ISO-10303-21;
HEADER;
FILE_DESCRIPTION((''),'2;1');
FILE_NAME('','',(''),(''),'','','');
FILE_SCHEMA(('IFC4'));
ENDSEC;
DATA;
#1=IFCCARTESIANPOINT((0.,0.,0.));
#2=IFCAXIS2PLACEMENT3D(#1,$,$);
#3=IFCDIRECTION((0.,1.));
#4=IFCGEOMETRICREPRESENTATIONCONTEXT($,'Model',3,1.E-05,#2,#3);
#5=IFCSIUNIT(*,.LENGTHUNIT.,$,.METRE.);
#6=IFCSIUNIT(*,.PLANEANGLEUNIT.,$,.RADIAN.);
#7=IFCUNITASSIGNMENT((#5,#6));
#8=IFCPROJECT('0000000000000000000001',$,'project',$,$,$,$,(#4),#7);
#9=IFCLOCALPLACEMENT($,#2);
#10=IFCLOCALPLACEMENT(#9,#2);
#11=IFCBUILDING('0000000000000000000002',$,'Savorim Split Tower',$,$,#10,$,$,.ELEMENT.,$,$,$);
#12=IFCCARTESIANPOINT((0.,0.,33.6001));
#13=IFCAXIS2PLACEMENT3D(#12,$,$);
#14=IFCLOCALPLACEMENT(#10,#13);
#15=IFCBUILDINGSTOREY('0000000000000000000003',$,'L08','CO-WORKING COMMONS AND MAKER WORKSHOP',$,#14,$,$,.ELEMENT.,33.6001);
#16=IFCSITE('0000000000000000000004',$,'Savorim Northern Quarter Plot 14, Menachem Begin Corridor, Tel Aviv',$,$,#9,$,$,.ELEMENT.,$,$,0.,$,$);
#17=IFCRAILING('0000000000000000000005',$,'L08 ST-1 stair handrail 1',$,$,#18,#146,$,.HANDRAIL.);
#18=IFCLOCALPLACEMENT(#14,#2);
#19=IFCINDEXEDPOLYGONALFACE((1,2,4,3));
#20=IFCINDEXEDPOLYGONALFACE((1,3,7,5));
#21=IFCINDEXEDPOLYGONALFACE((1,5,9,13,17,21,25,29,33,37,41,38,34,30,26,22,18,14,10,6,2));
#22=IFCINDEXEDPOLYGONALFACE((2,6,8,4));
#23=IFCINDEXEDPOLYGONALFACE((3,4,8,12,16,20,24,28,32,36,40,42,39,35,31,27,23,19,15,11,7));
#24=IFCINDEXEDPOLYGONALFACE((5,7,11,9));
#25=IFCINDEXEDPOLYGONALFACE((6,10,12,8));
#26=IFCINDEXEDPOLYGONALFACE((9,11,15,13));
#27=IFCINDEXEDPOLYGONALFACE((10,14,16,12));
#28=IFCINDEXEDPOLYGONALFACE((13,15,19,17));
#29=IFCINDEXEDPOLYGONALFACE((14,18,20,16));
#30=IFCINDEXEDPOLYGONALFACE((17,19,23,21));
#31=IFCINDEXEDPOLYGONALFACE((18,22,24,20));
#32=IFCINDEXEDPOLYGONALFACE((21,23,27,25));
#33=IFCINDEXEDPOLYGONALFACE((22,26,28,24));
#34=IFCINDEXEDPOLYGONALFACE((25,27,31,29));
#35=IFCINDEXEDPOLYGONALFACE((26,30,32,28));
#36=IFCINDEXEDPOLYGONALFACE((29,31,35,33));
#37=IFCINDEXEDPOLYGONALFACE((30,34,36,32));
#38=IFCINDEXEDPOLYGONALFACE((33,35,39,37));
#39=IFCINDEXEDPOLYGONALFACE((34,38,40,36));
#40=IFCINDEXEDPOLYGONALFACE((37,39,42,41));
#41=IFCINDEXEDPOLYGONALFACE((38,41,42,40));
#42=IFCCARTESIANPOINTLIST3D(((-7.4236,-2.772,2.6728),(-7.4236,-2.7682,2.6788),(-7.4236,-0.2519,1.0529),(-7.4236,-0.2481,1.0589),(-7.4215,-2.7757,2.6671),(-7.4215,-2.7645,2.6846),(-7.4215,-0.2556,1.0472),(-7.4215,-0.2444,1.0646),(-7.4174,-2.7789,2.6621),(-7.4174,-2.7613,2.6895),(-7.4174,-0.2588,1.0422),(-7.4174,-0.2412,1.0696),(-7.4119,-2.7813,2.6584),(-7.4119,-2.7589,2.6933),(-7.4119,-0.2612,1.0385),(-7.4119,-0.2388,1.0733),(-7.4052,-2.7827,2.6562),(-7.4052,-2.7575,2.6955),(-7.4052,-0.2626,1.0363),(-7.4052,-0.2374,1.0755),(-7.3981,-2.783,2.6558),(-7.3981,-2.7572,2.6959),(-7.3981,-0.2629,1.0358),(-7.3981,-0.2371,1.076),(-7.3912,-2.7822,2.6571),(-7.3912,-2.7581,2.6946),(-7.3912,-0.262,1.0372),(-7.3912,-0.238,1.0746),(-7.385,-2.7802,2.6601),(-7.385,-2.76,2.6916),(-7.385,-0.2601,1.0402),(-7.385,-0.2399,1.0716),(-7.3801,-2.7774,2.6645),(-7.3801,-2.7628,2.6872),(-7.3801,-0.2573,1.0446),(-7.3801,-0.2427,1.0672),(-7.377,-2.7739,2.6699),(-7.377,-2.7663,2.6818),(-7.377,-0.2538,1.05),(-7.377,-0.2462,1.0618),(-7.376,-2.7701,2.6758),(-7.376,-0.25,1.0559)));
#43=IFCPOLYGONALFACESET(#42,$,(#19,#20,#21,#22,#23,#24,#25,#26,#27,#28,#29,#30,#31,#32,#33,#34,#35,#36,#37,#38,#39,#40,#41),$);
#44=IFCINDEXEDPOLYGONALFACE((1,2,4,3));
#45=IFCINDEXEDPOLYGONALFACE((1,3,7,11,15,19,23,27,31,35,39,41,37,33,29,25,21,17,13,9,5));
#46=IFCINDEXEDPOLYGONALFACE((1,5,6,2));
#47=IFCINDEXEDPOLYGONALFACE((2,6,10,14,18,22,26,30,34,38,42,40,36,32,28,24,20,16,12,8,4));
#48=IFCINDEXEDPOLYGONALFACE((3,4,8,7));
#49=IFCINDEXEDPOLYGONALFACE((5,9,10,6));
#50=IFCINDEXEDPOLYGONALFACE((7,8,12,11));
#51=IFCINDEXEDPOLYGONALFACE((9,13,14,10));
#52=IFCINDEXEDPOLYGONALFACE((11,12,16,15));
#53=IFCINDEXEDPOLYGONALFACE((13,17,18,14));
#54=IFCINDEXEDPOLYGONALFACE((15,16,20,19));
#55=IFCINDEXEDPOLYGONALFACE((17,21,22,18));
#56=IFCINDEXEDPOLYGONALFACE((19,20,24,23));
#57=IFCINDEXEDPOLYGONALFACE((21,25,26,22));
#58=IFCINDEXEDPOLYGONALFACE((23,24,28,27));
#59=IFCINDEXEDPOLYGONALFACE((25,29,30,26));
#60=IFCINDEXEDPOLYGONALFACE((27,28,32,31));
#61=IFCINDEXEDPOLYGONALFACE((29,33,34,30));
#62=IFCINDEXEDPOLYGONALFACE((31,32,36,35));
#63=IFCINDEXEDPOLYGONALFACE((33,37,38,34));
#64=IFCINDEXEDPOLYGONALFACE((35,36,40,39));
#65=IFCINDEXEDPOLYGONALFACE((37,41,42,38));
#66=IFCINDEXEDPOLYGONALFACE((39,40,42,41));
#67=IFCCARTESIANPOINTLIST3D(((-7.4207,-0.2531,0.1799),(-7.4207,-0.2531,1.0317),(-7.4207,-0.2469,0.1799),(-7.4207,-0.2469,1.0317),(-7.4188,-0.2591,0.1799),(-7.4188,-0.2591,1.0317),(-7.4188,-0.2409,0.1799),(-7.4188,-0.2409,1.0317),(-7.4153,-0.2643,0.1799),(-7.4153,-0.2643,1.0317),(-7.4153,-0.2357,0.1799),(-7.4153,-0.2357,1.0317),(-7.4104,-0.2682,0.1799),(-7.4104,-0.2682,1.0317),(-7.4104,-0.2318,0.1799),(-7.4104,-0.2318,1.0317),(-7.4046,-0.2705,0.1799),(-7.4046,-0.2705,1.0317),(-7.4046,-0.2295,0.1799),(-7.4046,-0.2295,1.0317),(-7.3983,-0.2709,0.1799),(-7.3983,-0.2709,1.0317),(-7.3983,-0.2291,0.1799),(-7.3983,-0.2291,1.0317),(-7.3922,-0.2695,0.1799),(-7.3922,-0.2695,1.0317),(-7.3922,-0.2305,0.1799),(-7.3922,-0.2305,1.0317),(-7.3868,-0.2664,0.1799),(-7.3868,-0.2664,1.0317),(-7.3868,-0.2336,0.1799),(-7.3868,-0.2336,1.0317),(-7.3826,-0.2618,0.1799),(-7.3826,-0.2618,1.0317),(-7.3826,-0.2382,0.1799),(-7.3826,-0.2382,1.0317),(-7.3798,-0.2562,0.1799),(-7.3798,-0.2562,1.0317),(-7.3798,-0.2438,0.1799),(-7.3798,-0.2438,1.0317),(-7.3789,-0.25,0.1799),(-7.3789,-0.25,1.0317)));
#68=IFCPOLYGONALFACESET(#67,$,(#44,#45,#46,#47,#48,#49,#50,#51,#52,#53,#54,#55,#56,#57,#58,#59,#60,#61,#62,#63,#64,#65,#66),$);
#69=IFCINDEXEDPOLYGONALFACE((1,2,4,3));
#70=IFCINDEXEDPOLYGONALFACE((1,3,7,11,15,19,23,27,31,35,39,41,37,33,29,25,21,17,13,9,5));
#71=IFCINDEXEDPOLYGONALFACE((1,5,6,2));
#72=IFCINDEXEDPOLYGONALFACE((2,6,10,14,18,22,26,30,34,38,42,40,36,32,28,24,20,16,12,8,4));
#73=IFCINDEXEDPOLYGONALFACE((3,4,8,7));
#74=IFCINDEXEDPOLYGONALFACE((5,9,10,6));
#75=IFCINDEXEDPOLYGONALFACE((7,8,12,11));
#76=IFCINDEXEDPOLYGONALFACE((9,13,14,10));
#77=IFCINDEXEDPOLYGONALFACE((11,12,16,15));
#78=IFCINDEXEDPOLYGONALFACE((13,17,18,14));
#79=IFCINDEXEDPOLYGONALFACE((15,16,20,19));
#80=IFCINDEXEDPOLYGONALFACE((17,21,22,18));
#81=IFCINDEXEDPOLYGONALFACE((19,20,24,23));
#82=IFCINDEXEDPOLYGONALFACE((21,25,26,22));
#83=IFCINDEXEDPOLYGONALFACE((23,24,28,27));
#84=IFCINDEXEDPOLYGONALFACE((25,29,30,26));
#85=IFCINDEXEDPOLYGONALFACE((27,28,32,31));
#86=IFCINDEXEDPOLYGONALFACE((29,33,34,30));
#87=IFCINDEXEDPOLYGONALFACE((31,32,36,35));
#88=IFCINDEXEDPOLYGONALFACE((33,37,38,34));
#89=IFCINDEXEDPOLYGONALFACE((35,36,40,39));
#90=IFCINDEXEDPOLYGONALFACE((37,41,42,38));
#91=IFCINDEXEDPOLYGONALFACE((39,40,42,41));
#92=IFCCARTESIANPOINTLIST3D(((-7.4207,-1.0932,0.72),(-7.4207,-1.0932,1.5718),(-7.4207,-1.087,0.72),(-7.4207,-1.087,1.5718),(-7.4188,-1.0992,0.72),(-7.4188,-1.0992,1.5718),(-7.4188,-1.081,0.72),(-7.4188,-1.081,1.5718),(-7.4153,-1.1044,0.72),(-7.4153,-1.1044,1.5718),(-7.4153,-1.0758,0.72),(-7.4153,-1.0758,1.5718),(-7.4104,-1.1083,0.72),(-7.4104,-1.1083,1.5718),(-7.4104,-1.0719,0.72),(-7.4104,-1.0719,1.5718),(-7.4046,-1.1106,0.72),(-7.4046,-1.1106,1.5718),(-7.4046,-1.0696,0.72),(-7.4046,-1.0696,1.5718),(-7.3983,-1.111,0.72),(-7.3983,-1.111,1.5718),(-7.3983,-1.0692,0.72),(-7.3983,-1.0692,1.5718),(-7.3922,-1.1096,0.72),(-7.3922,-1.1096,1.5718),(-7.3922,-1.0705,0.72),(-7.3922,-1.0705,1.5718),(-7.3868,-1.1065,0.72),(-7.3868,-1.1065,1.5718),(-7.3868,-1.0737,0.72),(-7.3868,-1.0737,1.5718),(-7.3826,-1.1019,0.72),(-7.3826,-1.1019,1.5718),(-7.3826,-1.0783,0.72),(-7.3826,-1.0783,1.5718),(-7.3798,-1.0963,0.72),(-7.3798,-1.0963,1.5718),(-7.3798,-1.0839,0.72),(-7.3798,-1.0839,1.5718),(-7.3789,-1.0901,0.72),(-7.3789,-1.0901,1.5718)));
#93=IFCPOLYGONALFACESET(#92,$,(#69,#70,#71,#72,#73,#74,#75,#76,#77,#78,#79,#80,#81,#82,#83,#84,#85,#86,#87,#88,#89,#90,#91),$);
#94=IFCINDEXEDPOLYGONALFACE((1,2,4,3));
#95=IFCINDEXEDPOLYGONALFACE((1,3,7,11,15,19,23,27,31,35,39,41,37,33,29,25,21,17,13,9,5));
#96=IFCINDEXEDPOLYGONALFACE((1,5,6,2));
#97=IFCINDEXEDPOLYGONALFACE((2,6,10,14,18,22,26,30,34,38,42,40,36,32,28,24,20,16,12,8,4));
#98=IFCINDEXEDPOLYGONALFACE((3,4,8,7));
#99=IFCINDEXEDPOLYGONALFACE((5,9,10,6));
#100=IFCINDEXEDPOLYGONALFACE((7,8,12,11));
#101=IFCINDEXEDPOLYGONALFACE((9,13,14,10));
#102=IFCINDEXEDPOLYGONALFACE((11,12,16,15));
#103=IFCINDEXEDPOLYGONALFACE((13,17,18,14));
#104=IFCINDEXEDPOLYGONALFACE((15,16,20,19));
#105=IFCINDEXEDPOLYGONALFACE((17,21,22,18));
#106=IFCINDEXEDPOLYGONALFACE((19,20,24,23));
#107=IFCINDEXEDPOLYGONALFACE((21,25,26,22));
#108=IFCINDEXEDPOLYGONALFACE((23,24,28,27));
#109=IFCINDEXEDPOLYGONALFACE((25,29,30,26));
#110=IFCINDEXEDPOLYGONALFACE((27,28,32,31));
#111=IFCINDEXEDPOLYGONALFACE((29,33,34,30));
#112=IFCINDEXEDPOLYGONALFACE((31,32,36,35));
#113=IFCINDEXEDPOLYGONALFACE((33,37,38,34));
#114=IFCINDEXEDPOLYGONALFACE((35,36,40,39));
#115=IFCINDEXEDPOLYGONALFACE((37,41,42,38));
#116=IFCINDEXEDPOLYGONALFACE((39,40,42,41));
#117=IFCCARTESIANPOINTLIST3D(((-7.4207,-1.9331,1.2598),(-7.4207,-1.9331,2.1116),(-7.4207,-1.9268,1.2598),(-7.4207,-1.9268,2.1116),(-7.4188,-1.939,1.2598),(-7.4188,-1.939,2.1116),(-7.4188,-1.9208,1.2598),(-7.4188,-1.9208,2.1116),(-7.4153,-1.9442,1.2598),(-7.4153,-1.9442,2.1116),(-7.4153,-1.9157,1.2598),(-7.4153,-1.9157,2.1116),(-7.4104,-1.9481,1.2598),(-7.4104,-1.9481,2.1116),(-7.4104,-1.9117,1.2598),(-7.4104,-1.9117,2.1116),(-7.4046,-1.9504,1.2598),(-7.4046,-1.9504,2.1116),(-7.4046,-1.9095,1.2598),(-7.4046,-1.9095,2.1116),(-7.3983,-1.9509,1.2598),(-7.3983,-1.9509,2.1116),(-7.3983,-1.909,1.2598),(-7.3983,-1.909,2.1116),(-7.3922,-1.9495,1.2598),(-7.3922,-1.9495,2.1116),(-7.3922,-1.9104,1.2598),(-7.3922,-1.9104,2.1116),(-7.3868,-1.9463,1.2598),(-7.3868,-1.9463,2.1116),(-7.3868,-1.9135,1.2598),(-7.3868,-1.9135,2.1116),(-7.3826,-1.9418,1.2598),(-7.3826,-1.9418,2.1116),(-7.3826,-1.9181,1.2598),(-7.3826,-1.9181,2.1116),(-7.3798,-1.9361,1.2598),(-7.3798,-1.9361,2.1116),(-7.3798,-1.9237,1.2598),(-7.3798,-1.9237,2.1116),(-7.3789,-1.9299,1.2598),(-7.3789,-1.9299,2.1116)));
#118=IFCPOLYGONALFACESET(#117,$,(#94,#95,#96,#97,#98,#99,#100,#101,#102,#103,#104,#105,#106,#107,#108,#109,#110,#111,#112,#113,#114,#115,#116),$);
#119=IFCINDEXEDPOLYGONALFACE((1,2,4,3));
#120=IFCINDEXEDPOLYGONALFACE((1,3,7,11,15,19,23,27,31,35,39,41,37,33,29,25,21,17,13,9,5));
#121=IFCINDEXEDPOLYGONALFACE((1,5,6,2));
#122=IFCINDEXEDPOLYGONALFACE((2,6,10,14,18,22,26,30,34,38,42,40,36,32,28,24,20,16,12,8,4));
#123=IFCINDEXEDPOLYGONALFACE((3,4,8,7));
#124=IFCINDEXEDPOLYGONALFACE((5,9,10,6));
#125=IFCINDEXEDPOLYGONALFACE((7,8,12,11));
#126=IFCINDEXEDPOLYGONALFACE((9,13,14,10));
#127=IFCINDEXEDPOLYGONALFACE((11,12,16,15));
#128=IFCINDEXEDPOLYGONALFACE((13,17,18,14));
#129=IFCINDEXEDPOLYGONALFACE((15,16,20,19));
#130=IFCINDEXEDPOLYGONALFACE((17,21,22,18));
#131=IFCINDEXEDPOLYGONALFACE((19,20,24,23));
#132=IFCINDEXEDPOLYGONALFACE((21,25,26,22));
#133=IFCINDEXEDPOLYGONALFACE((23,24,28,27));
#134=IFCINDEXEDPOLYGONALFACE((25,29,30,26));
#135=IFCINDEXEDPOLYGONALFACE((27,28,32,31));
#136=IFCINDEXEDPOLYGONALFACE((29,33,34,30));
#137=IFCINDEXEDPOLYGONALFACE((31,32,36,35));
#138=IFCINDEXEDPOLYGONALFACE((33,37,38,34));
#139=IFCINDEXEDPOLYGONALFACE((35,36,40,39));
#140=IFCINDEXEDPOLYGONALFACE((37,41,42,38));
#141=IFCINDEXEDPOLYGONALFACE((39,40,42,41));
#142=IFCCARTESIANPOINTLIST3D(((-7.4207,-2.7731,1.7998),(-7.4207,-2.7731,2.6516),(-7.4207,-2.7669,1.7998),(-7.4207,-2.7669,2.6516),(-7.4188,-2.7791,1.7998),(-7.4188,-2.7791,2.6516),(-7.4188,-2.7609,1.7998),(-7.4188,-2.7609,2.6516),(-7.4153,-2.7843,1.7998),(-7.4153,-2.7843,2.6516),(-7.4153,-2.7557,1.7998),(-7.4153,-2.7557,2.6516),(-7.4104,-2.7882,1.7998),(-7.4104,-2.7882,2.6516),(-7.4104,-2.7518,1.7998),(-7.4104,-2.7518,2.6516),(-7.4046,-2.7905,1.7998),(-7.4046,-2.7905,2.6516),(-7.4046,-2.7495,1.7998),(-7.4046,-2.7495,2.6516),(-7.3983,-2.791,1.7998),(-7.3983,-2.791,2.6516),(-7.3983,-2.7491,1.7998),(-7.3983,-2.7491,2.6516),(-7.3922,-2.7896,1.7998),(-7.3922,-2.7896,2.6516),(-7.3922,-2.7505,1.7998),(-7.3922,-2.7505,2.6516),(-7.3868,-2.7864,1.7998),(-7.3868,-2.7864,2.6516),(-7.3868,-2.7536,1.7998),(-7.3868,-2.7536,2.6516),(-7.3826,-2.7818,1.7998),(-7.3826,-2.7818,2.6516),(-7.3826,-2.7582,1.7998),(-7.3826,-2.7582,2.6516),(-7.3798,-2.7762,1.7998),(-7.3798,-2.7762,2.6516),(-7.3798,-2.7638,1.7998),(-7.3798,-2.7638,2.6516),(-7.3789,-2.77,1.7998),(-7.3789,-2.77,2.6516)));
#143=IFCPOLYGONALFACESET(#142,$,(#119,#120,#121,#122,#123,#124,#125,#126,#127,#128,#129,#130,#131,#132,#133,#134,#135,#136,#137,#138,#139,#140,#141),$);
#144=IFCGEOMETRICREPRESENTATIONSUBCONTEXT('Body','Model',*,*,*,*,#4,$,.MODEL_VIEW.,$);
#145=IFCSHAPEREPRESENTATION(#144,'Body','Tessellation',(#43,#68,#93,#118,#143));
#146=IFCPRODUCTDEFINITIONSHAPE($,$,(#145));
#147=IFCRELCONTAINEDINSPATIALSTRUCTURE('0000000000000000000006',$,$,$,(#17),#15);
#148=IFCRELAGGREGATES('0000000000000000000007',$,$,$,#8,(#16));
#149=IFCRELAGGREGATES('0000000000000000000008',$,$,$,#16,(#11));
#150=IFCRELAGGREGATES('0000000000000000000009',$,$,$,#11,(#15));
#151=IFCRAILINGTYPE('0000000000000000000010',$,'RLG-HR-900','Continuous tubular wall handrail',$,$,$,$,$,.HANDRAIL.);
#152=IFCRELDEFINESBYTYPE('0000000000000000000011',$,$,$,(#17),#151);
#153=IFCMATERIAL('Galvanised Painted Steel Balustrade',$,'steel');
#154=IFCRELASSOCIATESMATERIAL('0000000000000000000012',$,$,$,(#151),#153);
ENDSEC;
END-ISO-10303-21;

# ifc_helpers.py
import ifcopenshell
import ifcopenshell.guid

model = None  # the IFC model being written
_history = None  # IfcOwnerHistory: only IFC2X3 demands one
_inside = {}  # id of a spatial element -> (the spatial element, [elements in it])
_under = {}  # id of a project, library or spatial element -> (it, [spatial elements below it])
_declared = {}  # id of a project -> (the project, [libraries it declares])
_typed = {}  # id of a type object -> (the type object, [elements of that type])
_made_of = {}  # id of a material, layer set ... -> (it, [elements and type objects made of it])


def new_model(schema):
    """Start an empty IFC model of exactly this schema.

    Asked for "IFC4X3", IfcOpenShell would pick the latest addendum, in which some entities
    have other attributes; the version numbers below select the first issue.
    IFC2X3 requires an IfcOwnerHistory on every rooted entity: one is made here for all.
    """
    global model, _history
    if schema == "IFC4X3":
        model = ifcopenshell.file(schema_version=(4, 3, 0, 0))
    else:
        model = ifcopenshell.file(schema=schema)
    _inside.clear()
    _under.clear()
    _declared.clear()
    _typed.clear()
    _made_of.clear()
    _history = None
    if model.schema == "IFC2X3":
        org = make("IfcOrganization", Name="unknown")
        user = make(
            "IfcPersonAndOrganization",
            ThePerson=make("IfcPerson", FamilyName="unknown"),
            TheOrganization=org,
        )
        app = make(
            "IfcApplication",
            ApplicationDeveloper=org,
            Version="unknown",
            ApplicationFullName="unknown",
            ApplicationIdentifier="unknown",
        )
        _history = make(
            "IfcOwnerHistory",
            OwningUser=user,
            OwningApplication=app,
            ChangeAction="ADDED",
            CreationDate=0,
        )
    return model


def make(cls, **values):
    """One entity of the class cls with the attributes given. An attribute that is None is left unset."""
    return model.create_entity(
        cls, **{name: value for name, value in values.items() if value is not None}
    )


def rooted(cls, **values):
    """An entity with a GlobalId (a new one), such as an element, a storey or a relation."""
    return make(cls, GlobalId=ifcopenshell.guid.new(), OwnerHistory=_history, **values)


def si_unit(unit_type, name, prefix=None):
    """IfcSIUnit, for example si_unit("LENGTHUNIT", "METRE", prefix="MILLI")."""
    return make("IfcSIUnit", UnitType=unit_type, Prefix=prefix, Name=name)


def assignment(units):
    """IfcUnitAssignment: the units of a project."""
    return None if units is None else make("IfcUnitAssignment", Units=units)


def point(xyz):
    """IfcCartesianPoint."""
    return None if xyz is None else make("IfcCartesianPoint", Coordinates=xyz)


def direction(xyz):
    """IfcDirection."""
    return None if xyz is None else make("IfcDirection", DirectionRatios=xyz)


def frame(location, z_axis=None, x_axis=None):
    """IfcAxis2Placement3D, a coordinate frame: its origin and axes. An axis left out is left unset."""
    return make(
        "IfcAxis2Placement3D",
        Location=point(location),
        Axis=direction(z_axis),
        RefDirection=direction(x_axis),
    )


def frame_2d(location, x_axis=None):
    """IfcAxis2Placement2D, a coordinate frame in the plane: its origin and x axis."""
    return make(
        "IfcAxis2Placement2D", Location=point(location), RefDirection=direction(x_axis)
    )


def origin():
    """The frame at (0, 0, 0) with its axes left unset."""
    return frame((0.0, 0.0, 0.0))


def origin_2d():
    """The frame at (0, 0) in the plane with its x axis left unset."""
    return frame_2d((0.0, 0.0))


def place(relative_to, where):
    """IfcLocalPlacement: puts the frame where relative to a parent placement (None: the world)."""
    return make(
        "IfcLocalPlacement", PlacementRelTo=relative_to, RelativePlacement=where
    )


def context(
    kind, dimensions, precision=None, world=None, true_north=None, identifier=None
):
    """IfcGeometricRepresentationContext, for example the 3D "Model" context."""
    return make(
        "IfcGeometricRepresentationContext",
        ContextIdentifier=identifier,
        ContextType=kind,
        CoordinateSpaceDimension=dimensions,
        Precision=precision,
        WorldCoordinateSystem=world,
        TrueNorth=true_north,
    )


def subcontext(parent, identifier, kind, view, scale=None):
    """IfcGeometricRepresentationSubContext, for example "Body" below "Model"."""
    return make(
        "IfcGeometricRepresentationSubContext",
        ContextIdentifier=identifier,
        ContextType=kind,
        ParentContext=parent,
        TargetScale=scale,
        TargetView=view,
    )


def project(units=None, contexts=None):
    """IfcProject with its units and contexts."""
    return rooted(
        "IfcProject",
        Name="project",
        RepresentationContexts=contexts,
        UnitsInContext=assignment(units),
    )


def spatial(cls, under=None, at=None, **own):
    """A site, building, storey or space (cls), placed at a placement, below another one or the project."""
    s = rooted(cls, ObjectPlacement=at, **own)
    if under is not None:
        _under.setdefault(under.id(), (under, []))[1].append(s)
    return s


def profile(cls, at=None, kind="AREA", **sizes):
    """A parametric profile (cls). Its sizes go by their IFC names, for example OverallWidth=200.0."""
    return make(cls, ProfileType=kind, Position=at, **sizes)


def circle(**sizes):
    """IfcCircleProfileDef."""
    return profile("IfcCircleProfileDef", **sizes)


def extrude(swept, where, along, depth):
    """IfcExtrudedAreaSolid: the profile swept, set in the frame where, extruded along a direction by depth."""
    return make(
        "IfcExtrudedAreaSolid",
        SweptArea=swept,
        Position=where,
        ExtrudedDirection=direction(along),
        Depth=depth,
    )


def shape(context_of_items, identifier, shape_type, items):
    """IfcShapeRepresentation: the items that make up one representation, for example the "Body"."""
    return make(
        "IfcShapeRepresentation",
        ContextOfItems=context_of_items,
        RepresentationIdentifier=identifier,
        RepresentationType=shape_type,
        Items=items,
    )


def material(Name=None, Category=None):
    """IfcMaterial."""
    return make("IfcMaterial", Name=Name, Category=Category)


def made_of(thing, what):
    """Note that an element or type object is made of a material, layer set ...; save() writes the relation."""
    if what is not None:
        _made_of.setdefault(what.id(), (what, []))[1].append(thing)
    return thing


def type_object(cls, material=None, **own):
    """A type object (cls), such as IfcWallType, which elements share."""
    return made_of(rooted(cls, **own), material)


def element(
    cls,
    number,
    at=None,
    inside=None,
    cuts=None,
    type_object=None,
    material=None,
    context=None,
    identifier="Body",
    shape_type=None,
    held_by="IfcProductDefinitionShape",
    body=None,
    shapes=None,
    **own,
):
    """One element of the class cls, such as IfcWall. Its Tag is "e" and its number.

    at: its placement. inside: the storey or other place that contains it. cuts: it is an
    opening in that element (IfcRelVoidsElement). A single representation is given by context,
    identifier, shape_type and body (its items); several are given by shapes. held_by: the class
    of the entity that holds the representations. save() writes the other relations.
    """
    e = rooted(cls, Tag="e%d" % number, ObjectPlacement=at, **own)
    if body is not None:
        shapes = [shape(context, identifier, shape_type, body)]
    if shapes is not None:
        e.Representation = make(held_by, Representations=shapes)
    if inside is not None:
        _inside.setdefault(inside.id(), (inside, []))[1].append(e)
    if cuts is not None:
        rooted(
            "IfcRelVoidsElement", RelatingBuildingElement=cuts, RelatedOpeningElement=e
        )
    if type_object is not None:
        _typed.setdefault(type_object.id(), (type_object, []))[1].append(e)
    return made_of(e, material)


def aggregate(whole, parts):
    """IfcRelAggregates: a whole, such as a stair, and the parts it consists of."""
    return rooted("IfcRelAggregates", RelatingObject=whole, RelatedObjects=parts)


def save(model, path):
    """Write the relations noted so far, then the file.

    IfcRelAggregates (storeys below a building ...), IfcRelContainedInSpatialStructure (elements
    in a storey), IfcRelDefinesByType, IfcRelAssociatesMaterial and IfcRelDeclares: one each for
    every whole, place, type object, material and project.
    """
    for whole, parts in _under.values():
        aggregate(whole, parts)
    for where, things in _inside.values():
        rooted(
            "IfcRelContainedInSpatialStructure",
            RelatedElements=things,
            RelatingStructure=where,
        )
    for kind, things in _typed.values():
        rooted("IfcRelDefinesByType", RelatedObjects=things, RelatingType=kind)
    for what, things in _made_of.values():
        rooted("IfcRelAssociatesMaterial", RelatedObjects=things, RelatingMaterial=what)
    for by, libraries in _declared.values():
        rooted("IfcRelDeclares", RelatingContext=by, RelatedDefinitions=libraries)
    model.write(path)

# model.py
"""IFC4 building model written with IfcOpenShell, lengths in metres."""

from ifc_helpers import new_model, si_unit, direction, frame, origin, origin_2d, place, context, subcontext, project, spatial, circle, extrude, material, type_object, element, save


model = new_model("IFC4")

# Units and contexts
model_context = context("Model", 3, precision=1e-05, world=origin(), true_north=direction((0.0, 1.0)))
body_context = subcontext(model_context, "Body", "Model", "MODEL_VIEW")
ifc_project = project(units=[si_unit("LENGTHUNIT", "METRE"), si_unit("PLANEANGLEUNIT", "RADIAN")], contexts=[model_context])

# Site, building, storey
site_placement = place(None, origin())
site = spatial("IfcSite", under=ifc_project, at=site_placement, Name="Savorim Northern Quarter Plot 14, Menachem Begin Corridor, Tel Aviv", CompositionType="ELEMENT", RefElevation=0.0)
building_placement = place(site_placement, origin())
building = spatial("IfcBuilding", under=site, at=building_placement, Name="Savorim Split Tower", CompositionType="ELEMENT")
storey_placement = place(building_placement, frame((0.0, 0.0, 33.6001)))
storey = spatial("IfcBuildingStorey", under=building, at=storey_placement, Name="L08", Description="CO-WORKING COMMONS AND MAKER WORKSHOP", CompositionType="ELEMENT", Elevation=33.6001)

# Railing
ifc_material_1 = material(Name="Galvanised Painted Steel Balustrade", Category="steel")
railing_type_1 = type_object("IfcRailingType", Name="RLG-HR-900", Description="Continuous tubular wall handrail", PredefinedType="HANDRAIL", material=ifc_material_1)
railing_1_placement = place(storey_placement, frame((-7.3999, -0.25, 0.1799)))
element("IfcRailing", 1, at=railing_1_placement, inside=storey, type_object=railing_type_1, Name="L08 ST-1 stair handrail 1", PredefinedType="HANDRAIL", context=body_context, shape_type="SweptSolid", body=[
    extrude(circle(Radius=0.0239, at=origin_2d()), frame((0.0, 0.0, 0.876), z_axis=(0.0, -0.8412, 0.540725), x_axis=(1.0, 0.0, 0.0)), (0.0, 0.0, 1.0), 2.9958),
    extrude(circle(Radius=0.021, at=origin_2d()), origin(), (0.0, 0.0, 1.0), 0.8518),
    extrude(circle(Radius=0.021, at=origin_2d()), frame((0.0, -0.8401, 0.54)), (0.0, 0.0, 1.0), 0.8518),
    extrude(circle(Radius=0.021, at=origin_2d()), frame((0.0, -1.6799, 1.0798)), (0.0, 0.0, 1.0), 0.8518),
    extrude(circle(Radius=0.021, at=origin_2d()), frame((0.0, -2.52, 1.6199)), (0.0, 0.0, 1.0), 0.8518),
])

save(model, "model.ifc")
